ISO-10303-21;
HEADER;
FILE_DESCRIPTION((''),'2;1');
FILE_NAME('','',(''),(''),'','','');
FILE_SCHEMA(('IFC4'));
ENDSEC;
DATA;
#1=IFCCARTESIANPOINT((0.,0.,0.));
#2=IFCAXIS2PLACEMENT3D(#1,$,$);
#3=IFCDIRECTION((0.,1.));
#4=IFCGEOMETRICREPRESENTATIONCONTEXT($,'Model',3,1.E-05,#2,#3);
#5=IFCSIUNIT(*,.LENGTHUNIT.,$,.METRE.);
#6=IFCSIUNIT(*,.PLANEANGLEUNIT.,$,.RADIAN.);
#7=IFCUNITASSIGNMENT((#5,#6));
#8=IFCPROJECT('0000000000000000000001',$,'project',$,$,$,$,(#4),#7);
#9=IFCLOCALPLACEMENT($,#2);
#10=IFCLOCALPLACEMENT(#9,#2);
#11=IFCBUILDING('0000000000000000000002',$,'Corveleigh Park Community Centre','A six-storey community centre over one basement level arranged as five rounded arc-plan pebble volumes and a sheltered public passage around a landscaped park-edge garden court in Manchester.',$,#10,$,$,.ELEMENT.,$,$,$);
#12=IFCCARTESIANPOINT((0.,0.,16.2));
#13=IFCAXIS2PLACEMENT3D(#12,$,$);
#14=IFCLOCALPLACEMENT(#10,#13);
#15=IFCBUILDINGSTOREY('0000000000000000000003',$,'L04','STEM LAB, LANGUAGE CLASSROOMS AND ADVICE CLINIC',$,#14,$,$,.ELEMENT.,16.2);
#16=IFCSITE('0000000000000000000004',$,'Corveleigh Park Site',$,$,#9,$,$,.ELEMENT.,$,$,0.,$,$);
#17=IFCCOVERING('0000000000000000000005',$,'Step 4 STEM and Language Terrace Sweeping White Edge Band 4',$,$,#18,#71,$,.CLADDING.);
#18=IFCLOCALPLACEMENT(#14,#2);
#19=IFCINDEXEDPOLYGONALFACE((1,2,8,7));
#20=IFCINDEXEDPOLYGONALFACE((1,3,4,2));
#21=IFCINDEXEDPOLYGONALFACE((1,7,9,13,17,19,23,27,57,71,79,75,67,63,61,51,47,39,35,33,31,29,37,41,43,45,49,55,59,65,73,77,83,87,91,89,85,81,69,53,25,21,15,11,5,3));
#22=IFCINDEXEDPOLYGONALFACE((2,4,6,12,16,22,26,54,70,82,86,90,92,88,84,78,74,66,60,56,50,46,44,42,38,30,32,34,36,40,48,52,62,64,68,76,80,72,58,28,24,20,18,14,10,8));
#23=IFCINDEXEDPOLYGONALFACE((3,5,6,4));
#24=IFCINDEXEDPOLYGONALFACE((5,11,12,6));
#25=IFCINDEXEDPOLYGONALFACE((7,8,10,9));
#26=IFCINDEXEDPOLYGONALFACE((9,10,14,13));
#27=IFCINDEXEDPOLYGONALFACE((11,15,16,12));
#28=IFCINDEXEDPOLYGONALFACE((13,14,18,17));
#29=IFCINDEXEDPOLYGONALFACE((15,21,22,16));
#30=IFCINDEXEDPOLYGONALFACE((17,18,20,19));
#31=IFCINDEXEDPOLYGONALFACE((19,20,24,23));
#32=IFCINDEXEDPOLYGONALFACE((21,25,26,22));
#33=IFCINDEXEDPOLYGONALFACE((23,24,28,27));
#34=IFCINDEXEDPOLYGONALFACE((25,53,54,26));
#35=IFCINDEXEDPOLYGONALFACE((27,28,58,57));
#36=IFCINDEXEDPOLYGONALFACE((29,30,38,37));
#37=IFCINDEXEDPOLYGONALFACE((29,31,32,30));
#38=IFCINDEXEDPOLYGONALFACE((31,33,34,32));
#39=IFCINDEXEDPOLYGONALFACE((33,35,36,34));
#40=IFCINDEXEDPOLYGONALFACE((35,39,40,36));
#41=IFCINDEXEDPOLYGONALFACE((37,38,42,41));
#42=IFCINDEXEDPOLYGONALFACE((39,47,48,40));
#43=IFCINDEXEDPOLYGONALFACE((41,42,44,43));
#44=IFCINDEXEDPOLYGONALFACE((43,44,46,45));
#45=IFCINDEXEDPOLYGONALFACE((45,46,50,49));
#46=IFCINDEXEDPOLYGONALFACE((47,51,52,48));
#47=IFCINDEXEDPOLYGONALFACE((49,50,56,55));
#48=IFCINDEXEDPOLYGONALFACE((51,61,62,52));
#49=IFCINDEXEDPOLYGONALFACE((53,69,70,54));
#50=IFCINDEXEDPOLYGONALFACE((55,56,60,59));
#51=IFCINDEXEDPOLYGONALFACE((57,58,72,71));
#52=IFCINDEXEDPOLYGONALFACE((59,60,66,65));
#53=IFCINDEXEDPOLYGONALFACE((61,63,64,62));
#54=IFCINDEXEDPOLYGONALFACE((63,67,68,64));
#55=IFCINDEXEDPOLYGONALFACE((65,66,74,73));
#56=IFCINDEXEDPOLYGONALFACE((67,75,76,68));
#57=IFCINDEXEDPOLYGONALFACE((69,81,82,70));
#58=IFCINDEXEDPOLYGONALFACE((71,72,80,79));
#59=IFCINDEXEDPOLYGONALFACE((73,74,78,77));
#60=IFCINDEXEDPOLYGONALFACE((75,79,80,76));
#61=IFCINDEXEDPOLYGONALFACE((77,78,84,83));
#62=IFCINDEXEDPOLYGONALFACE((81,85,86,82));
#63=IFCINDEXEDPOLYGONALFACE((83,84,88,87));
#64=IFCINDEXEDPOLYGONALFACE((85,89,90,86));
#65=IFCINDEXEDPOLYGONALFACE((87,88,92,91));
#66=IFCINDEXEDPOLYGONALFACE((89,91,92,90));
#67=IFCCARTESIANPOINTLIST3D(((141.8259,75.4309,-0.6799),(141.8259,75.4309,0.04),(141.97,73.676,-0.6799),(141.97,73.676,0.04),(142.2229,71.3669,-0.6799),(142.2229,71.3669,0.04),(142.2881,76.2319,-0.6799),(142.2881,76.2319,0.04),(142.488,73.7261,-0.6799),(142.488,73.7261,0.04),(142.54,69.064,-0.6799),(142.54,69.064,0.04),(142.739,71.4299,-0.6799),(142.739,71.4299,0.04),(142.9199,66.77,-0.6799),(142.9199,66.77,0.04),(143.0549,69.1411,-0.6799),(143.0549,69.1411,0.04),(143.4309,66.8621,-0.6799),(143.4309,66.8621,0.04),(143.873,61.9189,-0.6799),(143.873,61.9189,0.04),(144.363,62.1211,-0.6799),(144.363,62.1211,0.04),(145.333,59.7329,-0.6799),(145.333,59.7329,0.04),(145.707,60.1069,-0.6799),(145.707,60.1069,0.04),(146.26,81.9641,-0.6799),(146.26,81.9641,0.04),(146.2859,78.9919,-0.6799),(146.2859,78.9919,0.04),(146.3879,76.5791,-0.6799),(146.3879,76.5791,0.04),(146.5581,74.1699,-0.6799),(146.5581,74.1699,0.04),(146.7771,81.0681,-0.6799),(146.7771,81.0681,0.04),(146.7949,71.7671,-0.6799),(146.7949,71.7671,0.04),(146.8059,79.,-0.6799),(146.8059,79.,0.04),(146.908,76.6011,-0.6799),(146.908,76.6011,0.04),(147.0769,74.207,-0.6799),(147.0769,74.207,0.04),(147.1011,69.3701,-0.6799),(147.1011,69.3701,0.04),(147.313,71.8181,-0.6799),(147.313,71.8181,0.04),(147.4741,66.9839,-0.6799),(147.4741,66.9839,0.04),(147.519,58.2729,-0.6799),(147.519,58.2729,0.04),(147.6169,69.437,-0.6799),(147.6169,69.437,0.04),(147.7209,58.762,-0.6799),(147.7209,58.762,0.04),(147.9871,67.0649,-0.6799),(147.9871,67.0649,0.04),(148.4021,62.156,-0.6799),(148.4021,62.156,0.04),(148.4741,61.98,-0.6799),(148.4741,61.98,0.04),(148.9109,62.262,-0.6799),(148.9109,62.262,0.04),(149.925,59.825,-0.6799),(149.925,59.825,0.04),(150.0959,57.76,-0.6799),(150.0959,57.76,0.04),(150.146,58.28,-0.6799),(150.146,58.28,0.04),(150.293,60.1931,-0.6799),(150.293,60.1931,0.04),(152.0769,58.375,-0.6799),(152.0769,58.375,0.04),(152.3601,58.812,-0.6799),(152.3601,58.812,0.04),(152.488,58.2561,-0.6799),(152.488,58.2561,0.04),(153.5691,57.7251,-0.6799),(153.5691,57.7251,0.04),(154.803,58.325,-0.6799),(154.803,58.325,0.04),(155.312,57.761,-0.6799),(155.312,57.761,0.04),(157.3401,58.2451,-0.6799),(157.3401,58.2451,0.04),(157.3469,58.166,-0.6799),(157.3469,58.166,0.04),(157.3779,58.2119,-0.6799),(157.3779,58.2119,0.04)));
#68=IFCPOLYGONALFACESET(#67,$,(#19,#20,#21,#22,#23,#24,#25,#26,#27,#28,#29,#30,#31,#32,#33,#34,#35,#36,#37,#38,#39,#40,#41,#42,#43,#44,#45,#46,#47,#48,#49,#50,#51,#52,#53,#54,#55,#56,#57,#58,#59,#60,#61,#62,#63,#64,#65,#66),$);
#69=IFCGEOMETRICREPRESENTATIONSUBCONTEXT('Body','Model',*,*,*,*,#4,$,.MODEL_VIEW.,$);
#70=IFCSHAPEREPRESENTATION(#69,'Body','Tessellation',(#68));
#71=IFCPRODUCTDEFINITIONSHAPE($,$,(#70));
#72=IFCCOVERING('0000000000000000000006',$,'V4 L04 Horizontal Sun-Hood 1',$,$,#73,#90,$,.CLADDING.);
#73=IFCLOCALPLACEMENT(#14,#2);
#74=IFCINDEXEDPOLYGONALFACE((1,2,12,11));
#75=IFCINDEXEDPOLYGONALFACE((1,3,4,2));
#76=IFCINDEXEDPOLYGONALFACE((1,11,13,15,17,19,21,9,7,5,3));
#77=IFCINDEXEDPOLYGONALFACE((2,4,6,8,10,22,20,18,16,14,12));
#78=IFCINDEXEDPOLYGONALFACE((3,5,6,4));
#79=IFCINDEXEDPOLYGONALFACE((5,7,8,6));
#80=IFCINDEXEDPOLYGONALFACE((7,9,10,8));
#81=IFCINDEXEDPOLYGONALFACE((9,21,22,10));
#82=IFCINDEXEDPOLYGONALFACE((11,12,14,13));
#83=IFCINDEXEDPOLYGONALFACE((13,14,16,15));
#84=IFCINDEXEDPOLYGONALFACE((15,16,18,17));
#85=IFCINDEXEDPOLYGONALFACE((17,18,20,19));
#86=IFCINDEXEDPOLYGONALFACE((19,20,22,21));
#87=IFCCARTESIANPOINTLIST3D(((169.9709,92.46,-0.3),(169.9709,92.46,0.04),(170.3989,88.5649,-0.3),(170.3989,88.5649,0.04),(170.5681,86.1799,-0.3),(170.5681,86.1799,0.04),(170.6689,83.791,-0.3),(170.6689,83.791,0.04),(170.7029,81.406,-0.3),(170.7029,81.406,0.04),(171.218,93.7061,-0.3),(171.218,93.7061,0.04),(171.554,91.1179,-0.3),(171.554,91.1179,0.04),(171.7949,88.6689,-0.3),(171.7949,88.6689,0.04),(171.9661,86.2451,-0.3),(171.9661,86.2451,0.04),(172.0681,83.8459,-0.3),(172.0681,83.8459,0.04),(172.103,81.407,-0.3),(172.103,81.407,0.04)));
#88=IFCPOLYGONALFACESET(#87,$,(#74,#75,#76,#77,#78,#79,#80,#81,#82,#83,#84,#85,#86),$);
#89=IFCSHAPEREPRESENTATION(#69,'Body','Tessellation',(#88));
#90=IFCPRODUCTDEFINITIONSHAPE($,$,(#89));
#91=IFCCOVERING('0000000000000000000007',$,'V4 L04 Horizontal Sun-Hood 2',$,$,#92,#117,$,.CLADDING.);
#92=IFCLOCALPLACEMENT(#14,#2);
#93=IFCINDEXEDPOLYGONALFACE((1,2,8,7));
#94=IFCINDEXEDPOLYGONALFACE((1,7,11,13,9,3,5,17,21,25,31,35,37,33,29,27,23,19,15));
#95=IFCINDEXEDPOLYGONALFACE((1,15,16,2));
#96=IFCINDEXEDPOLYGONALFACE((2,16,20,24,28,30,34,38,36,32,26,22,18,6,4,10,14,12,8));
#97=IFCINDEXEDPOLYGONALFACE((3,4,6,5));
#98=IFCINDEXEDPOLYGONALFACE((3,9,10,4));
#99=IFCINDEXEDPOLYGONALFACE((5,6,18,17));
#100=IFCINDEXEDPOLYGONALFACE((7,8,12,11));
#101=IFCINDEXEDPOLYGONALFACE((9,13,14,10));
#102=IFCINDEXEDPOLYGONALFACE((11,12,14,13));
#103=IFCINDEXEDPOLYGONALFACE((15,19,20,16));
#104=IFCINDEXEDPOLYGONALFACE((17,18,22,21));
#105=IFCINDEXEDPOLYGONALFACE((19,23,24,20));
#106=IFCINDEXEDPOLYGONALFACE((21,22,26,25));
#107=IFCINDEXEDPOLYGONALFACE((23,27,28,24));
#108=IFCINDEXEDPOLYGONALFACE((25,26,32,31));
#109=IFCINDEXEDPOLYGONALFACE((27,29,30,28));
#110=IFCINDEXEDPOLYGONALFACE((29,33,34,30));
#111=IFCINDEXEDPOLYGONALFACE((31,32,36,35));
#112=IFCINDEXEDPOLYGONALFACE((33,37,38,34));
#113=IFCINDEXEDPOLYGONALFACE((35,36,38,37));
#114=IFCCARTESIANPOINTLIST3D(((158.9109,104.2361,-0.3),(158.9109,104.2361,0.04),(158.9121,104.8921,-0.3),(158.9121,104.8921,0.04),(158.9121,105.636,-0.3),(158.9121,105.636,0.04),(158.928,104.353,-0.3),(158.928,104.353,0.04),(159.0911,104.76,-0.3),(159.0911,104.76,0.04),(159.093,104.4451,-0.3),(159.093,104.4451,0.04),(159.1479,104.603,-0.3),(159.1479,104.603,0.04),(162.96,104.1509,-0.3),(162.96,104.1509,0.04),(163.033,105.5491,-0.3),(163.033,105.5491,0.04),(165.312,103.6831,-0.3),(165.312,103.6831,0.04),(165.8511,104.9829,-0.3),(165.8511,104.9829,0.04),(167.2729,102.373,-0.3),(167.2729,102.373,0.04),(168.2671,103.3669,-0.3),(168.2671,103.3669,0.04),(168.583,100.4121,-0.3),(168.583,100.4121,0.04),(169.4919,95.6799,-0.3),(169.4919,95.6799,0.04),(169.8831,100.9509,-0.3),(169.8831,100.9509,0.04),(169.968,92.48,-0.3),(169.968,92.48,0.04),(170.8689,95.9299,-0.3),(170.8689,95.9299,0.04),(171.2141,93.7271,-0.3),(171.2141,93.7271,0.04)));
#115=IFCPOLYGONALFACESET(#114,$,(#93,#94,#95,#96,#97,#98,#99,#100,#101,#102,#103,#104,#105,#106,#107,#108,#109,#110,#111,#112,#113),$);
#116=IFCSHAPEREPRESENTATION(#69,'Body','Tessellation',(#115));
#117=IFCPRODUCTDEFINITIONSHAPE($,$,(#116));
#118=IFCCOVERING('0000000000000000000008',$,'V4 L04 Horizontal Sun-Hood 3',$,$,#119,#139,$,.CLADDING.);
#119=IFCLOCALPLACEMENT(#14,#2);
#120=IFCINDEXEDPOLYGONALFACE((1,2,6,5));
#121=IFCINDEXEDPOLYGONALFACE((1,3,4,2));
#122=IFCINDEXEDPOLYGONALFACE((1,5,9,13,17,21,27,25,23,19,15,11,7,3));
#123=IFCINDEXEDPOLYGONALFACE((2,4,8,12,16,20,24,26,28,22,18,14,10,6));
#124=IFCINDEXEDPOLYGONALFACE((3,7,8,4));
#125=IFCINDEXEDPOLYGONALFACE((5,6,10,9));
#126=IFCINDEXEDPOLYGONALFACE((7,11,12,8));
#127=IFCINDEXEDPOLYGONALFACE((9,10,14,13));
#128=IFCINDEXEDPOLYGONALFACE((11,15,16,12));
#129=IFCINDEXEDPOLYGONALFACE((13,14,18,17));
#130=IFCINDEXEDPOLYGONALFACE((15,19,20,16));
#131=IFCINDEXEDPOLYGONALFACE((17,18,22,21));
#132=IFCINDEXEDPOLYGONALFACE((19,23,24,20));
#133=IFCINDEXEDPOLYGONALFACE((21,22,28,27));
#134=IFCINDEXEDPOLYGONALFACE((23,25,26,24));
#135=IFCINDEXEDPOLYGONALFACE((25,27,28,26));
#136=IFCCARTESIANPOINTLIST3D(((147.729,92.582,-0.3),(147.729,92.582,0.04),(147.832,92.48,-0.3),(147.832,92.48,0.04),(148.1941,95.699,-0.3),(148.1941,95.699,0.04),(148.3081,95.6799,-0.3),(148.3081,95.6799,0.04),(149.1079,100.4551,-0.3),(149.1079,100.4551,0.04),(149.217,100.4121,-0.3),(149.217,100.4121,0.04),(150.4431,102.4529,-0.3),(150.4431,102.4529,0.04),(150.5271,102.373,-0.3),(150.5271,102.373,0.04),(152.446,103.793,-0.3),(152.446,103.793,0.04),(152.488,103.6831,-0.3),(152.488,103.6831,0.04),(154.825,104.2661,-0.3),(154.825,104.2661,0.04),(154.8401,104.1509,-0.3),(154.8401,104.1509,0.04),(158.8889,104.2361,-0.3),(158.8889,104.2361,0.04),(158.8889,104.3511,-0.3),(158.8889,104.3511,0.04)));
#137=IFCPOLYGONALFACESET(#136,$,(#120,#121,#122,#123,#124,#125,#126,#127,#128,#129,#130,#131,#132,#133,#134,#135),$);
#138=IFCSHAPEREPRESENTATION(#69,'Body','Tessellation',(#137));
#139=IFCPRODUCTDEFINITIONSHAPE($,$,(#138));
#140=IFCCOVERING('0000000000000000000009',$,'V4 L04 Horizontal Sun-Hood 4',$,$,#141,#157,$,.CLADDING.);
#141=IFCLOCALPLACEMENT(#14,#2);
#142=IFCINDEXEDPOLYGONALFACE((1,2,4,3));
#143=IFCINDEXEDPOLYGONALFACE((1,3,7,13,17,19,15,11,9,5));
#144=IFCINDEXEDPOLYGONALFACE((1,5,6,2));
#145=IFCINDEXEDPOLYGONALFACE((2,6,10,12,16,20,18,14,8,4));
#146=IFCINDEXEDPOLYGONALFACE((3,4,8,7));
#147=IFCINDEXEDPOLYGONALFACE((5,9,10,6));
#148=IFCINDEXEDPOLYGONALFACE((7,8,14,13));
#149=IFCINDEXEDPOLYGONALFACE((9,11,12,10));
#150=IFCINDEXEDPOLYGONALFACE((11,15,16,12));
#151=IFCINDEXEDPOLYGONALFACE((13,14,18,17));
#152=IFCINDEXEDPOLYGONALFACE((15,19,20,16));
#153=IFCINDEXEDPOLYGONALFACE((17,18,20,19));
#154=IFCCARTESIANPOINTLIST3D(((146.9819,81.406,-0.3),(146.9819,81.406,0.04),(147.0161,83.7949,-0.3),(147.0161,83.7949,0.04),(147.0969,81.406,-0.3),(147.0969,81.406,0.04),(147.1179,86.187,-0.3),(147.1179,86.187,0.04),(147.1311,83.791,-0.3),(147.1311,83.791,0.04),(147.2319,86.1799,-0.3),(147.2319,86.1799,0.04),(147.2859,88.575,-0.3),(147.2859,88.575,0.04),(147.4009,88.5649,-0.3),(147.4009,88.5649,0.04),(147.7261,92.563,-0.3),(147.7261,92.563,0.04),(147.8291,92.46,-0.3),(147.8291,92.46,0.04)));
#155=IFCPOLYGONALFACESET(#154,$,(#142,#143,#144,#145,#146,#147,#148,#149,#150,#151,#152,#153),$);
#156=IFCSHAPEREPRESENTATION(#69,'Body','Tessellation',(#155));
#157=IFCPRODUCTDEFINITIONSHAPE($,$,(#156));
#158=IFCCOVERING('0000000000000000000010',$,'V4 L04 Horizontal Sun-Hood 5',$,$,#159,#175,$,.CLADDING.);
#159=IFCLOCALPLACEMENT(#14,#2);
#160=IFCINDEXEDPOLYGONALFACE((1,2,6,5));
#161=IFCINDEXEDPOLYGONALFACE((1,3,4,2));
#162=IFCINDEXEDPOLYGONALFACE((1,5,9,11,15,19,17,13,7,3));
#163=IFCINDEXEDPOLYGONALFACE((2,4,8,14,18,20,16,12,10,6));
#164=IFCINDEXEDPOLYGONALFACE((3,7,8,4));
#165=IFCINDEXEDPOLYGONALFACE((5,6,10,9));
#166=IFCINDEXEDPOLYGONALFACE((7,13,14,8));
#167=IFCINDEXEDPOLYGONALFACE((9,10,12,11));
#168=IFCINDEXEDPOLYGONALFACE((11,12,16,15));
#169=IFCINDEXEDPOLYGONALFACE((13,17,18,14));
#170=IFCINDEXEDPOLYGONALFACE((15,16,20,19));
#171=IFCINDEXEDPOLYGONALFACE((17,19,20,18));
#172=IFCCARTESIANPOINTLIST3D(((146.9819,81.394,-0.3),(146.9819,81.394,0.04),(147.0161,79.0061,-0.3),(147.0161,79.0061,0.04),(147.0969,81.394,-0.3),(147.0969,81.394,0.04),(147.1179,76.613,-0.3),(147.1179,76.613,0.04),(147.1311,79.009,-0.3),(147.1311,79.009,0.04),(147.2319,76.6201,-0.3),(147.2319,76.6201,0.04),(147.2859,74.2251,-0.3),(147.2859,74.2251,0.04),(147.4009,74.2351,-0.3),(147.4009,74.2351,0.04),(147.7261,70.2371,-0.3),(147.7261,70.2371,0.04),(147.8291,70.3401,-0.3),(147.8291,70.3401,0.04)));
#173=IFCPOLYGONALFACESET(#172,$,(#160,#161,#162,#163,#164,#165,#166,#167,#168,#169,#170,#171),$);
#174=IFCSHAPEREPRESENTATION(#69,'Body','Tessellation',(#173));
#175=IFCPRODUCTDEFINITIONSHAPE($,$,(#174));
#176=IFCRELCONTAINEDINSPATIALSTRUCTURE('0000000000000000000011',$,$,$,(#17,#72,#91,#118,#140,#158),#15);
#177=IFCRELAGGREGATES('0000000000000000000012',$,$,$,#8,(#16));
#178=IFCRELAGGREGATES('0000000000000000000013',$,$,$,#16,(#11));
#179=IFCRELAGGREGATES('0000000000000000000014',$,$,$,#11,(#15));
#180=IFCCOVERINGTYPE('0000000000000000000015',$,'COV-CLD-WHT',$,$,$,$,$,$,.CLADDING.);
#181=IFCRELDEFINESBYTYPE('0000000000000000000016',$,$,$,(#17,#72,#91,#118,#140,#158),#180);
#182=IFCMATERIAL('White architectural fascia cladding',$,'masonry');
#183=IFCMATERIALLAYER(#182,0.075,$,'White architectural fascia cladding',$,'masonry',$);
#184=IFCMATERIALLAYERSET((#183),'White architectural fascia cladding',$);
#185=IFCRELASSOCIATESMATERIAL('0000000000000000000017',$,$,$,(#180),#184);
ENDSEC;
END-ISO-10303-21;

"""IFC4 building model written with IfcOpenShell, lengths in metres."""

from ifc_helpers import new_model, si_unit, direction, frame, origin, place, context, subcontext, project, spatial, polyline, outline, extrude, material, layer, layer_set, type_object, element, save


model = new_model("IFC4")

# Units and contexts
model_context = context("Model", 3, precision=1e-05, world=origin(), true_north=direction((0.0, 1.0)))
body_context = subcontext(model_context, "Body", "Model", "MODEL_VIEW")
ifc_project = project(units=[si_unit("LENGTHUNIT", "METRE"), si_unit("PLANEANGLEUNIT", "RADIAN")], contexts=[model_context])

# Site, building, storey
site_placement = place(None, origin())
site = spatial("IfcSite", under=ifc_project, at=site_placement, Name="Corveleigh Park Site", CompositionType="ELEMENT", RefElevation=0.0)
building_placement = place(site_placement, origin())
building = spatial("IfcBuilding", under=site, at=building_placement, Name="Corveleigh Park Community Centre", Description="A six-storey community centre over one basement level arranged as five rounded arc-plan pebble volumes and a sheltered public passage around a landscaped park-edge garden court in Manchester.", CompositionType="ELEMENT")
storey_placement = place(building_placement, frame((0.0, 0.0, 16.2)))
storey = spatial("IfcBuildingStorey", under=building, at=storey_placement, Name="L04", Description="STEM LAB, LANGUAGE CLASSROOMS AND ADVICE CLINIC", CompositionType="ELEMENT", Elevation=16.2)

# Coverings
ifc_material_1 = material(Name="White architectural fascia cladding", Category="masonry")
ifc_layer_1 = layer(ifc_material_1, 0.075, Name="White architectural fascia cladding", Category="masonry")
ifc_layer_set_1 = layer_set([ifc_layer_1], Name="White architectural fascia cladding")
covering_type_1 = type_object("IfcCoveringType", Name="COV-CLD-WHT", PredefinedType="CLADDING", material=ifc_layer_set_1)
covering_1_placement = place(storey_placement, frame((0.0, 0.0, -0.6799)))
element("IfcCovering", 1, at=covering_1_placement, inside=storey, type_object=covering_type_1, Name="Step 4 STEM and Language Terrace Sweeping White Edge Band 4", PredefinedType="CLADDING", context=body_context, shape_type="SweptSolid", body=[
    extrude(outline(polyline([(153.5691, 57.7251), (150.0959, 57.76), (147.519, 58.2729), (145.333, 59.7329), (143.873, 61.9189), (142.9199, 66.77), (142.54, 69.064), (142.2229, 71.3669), (141.97, 73.676), (141.8259, 75.4309), (142.2881, 76.2319), (142.488, 73.7261), (142.739, 71.4299), (143.0549, 69.1411), (143.4309, 66.8621), (144.363, 62.1211), (145.707, 60.1069), (147.7209, 58.762), (150.146, 58.28), (152.488, 58.2561), (152.0769, 58.375), (149.925, 59.825), (148.4741, 61.98), (148.4021, 62.156), (147.4741, 66.9839), (147.1011, 69.3701), (146.7949, 71.7671), (146.5581, 74.1699), (146.3879, 76.5791), (146.2859, 78.9919), (146.26, 81.9641), (146.7771, 81.0681), (146.8059, 79.0), (146.908, 76.6011), (147.0769, 74.207), (147.313, 71.8181), (147.6169, 69.437), (147.9871, 67.0649), (148.9109, 62.262), (150.293, 60.1931), (152.3601, 58.812), (154.803, 58.325), (157.3401, 58.2451), (157.3779, 58.2119), (157.3469, 58.166), (155.312, 57.761), (153.5691, 57.7251)])), origin(), (0.0, 0.0, 1.0), 0.72),
])
covering_2_placement = place(storey_placement, frame((0.0, 0.0, -0.3)))
element("IfcCovering", 2, at=covering_2_placement, inside=storey, type_object=covering_type_1, Name="V4 L04 Horizontal Sun-Hood 1", PredefinedType="CLADDING", context=body_context, shape_type="SweptSolid", body=[
    extrude(outline(polyline([(171.218, 93.7061), (171.554, 91.1179), (171.7949, 88.6689), (171.9661, 86.2451), (172.0681, 83.8459), (172.103, 81.407), (170.7029, 81.406), (170.6689, 83.791), (170.5681, 86.1799), (170.3989, 88.5649), (169.9709, 92.46), (171.218, 93.7061)])), origin(), (0.0, 0.0, 1.0), 0.3401),
])
covering_3_placement = place(storey_placement, frame((0.0, 0.0, -0.3)))
element("IfcCovering", 3, at=covering_3_placement, inside=storey, type_object=covering_type_1, Name="V4 L04 Horizontal Sun-Hood 2", PredefinedType="CLADDING", context=body_context, shape_type="SweptSolid", body=[
    extrude(outline(polyline([(158.928, 104.353), (159.093, 104.4451), (159.1479, 104.603), (159.0911, 104.76), (158.9121, 104.8921), (158.9121, 105.636), (163.033, 105.5491), (165.8511, 104.9829), (168.2671, 103.3669), (169.8831, 100.9509), (170.8689, 95.9299), (171.2141, 93.7271), (169.968, 92.48), (169.4919, 95.6799), (168.583, 100.4121), (167.2729, 102.373), (165.312, 103.6831), (162.96, 104.1509), (158.9109, 104.2361), (158.928, 104.353)])), origin(), (0.0, 0.0, 1.0), 0.3401),
])
covering_4_placement = place(storey_placement, frame((0.0, 0.0, -0.3)))
element("IfcCovering", 4, at=covering_4_placement, inside=storey, type_object=covering_type_1, Name="V4 L04 Horizontal Sun-Hood 3", PredefinedType="CLADDING", context=body_context, shape_type="SweptSolid", body=[
    extrude(outline(polyline([(147.729, 92.582), (148.1941, 95.699), (149.1079, 100.4551), (150.4431, 102.4529), (152.446, 103.793), (154.825, 104.2661), (158.8889, 104.3511), (158.8889, 104.2361), (154.8401, 104.1509), (152.488, 103.6831), (150.5271, 102.373), (149.217, 100.4121), (148.3081, 95.6799), (147.832, 92.48), (147.729, 92.582)])), origin(), (0.0, 0.0, 1.0), 0.3401),
])
covering_5_placement = place(storey_placement, frame((0.0, 0.0, -0.3)))
element("IfcCovering", 5, at=covering_5_placement, inside=storey, type_object=covering_type_1, Name="V4 L04 Horizontal Sun-Hood 4", PredefinedType="CLADDING", context=body_context, shape_type="SweptSolid", body=[
    extrude(outline(polyline([(147.0161, 83.7949), (147.1179, 86.187), (147.2859, 88.575), (147.7261, 92.563), (147.8291, 92.46), (147.4009, 88.5649), (147.2319, 86.1799), (147.1311, 83.791), (147.0969, 81.406), (146.9819, 81.406), (147.0161, 83.7949)])), origin(), (0.0, 0.0, 1.0), 0.3401),
])
covering_6_placement = place(storey_placement, frame((0.0, 0.0, -0.3)))
element("IfcCovering", 6, at=covering_6_placement, inside=storey, type_object=covering_type_1, Name="V4 L04 Horizontal Sun-Hood 5", PredefinedType="CLADDING", context=body_context, shape_type="SweptSolid", body=[
    extrude(outline(polyline([(147.7261, 70.2371), (147.2859, 74.2251), (147.1179, 76.613), (147.0161, 79.0061), (146.9819, 81.394), (147.0969, 81.394), (147.1311, 79.009), (147.2319, 76.6201), (147.4009, 74.2351), (147.8291, 70.3401), (147.7261, 70.2371)])), origin(), (0.0, 0.0, 1.0), 0.3401),
])

save(model, "model.ifc")
